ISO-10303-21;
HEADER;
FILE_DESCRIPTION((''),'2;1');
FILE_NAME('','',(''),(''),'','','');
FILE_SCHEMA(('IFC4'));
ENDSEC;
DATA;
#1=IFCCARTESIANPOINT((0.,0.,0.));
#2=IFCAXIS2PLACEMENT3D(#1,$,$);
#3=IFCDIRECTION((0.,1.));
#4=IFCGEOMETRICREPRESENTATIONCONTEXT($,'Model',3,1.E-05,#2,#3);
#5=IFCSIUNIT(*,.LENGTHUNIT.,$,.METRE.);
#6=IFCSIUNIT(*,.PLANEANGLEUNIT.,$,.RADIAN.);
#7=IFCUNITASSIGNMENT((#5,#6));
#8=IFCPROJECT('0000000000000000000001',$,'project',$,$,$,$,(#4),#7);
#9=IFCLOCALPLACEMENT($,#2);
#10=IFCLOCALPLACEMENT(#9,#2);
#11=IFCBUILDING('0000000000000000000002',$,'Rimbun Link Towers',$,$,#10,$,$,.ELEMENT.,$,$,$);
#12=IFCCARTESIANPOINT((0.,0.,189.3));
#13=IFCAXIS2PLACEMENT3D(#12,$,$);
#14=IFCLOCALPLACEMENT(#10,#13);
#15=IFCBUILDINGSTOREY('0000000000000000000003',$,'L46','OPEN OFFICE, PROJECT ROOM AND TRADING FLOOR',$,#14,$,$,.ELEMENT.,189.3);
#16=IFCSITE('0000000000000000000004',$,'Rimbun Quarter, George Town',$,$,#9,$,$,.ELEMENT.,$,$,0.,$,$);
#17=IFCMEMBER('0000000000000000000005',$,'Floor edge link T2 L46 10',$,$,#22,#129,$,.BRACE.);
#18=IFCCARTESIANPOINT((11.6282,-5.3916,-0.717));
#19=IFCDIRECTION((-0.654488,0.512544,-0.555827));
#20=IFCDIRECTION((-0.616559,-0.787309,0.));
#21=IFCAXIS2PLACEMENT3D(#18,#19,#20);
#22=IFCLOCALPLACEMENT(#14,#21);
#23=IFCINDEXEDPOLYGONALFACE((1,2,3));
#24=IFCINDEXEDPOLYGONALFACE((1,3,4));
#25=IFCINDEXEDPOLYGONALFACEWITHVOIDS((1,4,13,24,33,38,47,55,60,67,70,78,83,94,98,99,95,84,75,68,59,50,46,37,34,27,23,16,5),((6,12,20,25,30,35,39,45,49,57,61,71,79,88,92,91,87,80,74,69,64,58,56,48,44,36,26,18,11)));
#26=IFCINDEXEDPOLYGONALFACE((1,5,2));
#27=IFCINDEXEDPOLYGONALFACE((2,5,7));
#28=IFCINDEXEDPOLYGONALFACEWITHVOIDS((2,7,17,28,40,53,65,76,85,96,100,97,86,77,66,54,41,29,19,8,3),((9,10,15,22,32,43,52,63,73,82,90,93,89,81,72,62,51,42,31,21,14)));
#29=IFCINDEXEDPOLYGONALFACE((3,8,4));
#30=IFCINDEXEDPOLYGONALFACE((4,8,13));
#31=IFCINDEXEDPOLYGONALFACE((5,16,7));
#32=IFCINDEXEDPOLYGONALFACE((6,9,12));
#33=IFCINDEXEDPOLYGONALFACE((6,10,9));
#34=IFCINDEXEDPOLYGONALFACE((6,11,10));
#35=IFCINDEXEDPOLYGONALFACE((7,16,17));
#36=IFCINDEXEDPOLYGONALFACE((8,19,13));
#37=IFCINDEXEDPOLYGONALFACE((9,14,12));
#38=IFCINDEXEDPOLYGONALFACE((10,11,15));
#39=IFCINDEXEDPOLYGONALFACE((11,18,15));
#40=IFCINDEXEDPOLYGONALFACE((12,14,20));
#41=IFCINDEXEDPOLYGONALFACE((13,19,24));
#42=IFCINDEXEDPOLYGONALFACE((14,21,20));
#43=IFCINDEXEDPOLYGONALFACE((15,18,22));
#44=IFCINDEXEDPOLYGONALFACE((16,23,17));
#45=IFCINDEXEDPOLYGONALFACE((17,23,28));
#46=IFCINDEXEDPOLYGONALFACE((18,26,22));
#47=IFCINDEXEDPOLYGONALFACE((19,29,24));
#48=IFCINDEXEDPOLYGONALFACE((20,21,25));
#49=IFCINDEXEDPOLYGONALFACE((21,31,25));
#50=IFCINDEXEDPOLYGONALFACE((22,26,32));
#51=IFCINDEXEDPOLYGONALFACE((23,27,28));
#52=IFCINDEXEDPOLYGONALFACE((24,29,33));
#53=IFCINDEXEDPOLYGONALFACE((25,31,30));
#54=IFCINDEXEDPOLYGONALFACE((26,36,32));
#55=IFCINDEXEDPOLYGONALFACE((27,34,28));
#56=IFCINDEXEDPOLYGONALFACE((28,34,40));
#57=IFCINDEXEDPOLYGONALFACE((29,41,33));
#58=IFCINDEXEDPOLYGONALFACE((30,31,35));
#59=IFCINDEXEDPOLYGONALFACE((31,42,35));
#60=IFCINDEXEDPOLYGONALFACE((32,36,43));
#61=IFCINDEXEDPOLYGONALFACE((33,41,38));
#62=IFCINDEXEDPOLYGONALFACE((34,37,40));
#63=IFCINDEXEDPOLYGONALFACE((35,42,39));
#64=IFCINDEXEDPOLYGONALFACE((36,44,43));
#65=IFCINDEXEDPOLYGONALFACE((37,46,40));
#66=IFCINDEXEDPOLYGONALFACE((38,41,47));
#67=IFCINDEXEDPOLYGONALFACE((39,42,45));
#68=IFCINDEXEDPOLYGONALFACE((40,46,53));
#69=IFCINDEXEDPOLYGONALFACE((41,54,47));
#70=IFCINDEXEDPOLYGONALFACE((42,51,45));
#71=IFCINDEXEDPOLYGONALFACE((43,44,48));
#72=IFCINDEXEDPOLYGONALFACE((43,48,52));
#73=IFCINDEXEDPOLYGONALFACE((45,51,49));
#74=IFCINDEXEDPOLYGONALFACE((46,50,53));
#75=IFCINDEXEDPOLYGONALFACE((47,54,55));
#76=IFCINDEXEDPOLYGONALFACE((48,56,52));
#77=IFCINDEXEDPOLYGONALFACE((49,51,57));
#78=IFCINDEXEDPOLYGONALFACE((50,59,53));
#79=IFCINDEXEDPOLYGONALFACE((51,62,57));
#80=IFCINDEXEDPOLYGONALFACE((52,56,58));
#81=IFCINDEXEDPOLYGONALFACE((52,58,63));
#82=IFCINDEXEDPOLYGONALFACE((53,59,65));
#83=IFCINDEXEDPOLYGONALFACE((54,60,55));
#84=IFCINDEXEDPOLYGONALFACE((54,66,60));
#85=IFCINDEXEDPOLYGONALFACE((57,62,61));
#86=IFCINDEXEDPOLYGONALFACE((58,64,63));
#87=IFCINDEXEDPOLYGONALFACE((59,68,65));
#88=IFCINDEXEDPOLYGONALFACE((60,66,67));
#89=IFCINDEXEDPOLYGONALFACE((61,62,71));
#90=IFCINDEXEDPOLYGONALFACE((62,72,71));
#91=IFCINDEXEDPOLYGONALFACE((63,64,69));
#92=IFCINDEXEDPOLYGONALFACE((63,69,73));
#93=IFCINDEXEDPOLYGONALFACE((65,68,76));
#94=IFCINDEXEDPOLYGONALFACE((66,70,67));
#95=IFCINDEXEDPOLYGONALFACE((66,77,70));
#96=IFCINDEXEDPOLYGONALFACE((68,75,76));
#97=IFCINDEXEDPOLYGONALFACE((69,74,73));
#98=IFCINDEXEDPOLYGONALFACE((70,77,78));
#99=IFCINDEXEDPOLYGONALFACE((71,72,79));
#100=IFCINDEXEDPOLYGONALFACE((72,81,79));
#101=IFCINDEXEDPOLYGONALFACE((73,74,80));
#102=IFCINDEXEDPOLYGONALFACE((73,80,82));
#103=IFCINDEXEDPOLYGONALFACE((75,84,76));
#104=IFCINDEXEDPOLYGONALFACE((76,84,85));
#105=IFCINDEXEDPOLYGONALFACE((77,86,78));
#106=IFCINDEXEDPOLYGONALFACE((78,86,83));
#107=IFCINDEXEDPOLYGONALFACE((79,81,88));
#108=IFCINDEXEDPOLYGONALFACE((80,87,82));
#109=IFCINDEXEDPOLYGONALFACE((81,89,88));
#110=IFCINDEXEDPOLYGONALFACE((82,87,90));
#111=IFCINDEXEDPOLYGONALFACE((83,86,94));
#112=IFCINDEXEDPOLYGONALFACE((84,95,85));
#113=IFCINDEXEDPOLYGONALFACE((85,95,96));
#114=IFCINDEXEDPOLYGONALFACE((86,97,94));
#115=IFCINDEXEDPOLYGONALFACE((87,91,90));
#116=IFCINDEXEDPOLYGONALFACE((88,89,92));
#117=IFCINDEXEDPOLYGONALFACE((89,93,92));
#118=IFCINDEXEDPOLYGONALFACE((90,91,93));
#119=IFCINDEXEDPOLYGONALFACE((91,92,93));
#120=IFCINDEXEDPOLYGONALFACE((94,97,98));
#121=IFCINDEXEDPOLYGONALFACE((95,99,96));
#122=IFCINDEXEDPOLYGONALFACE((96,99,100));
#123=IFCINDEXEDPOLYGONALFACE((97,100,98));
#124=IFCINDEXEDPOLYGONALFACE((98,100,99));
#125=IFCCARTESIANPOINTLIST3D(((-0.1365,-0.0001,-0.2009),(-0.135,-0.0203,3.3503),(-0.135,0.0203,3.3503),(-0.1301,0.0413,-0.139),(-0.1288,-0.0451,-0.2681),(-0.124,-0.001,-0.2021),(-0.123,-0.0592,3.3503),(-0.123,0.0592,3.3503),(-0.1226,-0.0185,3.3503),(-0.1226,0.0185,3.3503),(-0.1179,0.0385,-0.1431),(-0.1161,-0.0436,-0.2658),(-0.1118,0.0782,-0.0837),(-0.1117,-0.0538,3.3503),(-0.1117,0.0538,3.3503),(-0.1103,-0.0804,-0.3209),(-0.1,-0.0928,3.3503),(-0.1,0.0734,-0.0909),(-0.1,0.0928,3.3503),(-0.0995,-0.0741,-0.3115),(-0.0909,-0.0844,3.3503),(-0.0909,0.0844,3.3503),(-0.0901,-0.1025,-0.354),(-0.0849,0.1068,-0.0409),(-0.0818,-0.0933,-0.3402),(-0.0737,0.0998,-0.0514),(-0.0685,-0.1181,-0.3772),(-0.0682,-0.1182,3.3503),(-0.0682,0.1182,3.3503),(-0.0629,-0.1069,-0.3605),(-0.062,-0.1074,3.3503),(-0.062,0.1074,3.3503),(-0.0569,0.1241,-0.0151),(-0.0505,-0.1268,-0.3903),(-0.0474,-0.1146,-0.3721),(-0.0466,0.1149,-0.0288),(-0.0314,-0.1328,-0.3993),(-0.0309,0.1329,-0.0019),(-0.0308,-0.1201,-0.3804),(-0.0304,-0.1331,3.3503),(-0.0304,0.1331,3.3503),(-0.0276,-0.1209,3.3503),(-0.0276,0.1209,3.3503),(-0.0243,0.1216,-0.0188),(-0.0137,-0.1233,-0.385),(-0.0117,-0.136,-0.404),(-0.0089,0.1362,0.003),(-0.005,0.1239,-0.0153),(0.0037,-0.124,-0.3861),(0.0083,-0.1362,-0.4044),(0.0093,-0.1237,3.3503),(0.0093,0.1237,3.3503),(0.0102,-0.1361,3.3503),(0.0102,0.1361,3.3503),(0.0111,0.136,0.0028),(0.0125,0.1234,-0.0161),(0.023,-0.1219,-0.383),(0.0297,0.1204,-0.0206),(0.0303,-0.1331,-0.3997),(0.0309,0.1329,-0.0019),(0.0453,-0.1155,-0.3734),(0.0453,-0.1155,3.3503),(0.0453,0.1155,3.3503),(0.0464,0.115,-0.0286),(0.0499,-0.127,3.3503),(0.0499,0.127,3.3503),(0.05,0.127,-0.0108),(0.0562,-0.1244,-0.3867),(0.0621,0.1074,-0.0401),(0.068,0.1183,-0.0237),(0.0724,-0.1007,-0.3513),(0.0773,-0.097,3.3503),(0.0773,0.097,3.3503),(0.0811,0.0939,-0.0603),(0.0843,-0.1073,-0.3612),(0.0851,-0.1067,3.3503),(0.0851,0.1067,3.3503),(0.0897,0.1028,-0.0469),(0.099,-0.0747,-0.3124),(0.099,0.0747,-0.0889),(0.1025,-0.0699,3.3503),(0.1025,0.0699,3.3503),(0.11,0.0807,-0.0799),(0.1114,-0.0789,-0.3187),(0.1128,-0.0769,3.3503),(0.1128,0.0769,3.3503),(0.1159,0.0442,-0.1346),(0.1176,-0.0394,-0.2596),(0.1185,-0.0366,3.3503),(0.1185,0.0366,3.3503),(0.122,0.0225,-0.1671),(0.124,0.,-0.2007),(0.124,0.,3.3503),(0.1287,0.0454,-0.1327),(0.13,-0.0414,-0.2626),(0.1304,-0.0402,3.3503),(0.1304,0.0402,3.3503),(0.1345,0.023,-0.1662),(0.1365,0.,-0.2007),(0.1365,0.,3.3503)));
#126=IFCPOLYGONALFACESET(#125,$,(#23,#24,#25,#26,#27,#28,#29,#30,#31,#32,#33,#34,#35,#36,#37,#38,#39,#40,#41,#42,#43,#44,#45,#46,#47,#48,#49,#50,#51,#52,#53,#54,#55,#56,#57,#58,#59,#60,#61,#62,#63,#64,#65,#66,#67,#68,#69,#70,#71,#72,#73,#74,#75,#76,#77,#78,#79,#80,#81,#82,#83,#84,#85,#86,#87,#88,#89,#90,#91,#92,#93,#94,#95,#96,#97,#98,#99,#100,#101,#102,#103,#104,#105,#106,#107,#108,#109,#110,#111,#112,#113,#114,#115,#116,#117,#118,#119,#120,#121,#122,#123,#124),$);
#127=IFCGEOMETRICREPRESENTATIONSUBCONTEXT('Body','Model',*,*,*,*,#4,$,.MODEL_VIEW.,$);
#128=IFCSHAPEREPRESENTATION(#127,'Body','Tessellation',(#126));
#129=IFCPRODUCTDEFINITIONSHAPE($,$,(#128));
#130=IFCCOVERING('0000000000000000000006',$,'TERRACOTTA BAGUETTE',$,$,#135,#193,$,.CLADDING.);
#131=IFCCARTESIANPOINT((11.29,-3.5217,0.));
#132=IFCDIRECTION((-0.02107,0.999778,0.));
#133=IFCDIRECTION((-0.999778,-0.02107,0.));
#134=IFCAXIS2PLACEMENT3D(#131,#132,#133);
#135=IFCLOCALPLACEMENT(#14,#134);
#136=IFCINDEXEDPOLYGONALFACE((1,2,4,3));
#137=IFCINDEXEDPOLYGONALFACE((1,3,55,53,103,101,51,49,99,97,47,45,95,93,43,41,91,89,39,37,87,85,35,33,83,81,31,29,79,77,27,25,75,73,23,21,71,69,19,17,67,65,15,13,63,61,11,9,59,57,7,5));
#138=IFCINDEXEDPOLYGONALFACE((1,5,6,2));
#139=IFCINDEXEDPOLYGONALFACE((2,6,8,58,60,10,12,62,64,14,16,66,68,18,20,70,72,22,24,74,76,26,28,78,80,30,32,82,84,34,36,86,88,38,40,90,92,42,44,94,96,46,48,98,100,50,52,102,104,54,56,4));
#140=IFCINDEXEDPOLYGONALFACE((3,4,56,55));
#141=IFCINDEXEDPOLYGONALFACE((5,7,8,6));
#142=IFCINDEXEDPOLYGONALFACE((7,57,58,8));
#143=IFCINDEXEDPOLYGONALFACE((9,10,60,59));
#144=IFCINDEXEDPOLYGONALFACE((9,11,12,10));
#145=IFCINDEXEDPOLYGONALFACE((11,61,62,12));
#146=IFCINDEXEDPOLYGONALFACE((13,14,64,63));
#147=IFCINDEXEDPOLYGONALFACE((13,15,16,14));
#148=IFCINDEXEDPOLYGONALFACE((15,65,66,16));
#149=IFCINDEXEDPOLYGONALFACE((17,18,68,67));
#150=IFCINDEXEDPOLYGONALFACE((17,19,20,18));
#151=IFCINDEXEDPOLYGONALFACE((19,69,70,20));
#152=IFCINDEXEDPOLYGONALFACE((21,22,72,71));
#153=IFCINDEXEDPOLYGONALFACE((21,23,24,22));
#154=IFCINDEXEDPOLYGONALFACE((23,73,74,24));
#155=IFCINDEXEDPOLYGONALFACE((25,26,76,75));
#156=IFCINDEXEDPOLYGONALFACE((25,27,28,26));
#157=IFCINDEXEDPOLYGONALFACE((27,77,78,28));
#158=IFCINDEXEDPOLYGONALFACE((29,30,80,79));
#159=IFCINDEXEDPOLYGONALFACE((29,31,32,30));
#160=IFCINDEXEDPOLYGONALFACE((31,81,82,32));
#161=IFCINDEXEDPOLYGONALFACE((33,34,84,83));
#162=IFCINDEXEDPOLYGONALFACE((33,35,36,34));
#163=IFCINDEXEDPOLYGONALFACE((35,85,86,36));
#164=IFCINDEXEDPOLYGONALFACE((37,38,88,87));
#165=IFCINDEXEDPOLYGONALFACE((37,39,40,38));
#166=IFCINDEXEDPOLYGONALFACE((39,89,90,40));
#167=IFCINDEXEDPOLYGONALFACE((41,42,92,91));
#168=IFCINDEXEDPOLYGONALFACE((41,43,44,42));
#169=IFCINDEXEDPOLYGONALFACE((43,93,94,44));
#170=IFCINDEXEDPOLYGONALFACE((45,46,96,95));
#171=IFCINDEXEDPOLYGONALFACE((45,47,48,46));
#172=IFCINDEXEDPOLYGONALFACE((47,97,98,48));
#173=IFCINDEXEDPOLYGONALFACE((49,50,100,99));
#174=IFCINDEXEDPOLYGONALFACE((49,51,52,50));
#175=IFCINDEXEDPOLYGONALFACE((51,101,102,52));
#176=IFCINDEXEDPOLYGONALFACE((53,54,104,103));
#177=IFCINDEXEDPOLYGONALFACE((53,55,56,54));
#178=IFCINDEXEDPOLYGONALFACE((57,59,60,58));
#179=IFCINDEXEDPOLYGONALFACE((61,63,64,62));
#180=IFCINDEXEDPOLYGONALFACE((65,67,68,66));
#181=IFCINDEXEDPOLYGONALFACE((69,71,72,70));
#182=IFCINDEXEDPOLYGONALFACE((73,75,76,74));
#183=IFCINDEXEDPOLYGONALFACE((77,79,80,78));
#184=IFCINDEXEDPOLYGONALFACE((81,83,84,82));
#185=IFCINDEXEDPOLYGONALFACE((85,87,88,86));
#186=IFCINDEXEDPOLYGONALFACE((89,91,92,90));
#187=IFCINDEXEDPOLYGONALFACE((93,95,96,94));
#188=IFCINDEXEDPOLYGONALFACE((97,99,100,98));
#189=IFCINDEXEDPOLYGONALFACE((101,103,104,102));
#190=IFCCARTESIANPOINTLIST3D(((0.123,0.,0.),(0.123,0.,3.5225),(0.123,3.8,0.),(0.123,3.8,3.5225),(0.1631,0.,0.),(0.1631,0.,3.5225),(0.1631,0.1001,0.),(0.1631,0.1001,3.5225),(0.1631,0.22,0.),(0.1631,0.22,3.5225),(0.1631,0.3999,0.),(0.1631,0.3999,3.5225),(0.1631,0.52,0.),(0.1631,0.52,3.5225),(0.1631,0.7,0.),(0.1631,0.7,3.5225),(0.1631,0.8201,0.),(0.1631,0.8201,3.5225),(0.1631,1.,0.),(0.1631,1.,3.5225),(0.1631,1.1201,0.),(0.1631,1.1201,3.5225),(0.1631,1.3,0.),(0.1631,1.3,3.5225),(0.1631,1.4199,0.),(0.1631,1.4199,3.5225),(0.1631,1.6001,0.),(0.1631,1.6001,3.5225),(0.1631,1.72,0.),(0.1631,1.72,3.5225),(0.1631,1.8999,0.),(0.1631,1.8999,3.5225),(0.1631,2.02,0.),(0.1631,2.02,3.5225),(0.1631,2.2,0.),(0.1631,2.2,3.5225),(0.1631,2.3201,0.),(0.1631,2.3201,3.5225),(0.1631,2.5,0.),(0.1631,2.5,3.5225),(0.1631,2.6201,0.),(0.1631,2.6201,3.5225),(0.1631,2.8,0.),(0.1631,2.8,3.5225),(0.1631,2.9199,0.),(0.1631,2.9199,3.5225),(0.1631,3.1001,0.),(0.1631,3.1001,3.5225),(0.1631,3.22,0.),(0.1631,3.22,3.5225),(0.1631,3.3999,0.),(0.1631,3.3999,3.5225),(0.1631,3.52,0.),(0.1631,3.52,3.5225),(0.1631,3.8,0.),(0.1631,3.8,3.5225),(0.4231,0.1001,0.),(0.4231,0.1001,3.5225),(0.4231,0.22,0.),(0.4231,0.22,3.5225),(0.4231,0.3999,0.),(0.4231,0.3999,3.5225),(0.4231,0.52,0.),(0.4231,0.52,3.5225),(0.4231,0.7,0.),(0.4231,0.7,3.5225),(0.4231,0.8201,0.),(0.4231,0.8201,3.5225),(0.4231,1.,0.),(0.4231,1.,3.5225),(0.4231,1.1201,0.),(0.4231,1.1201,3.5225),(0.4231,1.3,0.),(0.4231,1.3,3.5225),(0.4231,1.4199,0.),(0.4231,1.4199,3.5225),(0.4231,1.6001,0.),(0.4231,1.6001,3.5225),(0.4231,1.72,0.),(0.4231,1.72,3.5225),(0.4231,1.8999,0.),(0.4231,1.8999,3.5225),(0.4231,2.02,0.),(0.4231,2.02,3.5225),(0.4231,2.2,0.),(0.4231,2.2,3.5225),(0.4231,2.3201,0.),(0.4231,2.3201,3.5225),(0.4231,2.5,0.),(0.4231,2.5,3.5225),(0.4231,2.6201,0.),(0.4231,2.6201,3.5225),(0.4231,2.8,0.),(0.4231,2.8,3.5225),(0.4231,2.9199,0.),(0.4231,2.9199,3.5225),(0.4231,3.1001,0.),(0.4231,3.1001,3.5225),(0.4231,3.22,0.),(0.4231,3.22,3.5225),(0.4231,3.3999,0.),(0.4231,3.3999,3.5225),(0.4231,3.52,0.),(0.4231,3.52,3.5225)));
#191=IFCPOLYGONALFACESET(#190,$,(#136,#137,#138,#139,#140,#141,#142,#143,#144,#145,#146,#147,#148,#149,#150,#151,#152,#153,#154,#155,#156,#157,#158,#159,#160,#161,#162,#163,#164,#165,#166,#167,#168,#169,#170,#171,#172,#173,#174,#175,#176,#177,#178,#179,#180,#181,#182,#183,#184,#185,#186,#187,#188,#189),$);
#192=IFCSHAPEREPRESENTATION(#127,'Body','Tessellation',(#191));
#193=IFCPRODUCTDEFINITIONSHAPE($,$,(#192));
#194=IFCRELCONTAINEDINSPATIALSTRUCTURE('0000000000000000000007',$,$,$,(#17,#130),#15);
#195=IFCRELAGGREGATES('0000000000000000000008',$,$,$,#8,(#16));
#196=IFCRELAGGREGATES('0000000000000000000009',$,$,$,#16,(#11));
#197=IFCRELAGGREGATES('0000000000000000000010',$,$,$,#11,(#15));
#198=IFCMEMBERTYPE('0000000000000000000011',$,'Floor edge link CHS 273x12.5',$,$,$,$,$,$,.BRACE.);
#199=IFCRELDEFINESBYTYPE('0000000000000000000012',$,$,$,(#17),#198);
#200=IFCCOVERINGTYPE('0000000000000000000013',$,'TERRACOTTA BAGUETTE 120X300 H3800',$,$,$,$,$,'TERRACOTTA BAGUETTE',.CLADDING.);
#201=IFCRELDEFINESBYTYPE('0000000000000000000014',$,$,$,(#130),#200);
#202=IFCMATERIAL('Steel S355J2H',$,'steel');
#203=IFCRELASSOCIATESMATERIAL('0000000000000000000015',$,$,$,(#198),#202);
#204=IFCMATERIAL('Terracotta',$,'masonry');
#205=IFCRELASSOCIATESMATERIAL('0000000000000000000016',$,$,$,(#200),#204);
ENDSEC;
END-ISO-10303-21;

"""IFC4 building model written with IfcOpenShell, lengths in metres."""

from ifc_helpers import new_model, si_unit, direction, frame, origin, origin_2d, place, context, subcontext, project, spatial, polyline, hollow_circle, outline, extrude, clip, halfspace, material, material_profile, profile_set, type_object, element, save


model = new_model("IFC4")

# Units and contexts
model_context = context("Model", 3, precision=1e-05, world=origin(), true_north=direction((0.0, 1.0)))
body_context = subcontext(model_context, "Body", "Model", "MODEL_VIEW")
ifc_project = project(units=[si_unit("LENGTHUNIT", "METRE"), si_unit("PLANEANGLEUNIT", "RADIAN")], contexts=[model_context])

# Site, building, storey
site_placement = place(None, origin())
site = spatial("IfcSite", under=ifc_project, at=site_placement, Name="Rimbun Quarter, George Town", CompositionType="ELEMENT", RefElevation=0.0)
building_placement = place(site_placement, origin())
building = spatial("IfcBuilding", under=site, at=building_placement, Name="Rimbun Link Towers", CompositionType="ELEMENT")
storey_placement = place(building_placement, frame((0.0, 0.0, 189.3)))
storey = spatial("IfcBuildingStorey", under=building, at=storey_placement, Name="L46", Description="OPEN OFFICE, PROJECT ROOM AND TRADING FLOOR", CompositionType="ELEMENT", Elevation=189.3)

# Member
ifc_material_1 = material(Name="Steel S355J2H", Category="steel")
ifc_material_profile_1 = material_profile(ifc_material_1, hollow_circle(Radius=0.1365, WallThickness=0.0125, at=origin_2d()), Name="CHS 273x12.5")
ifc_profile_set_1 = profile_set([ifc_material_profile_1], Name="Steel S355J2H")
member_type_1 = type_object("IfcMemberType", Name="Floor edge link CHS 273x12.5", PredefinedType="BRACE", material=ifc_profile_set_1)
member_1_placement = place(storey_placement, frame((11.6282, -5.3916, -0.717), z_axis=(-0.654488, 0.512544, -0.555827), x_axis=(-0.616559, -0.787309, 0.0)))
element("IfcMember", 1, at=member_1_placement, inside=storey, type_object=member_type_1, Name="Floor edge link T2 L46 10", PredefinedType="BRACE", context=body_context, shape_type="Clipping", body=[
    clip(extrude(hollow_circle(Radius=0.1365, WallThickness=0.0125, at=origin_2d()), frame((0.0, 0.0, -0.4263)), (0.0, 0.0, 1.0), 3.7766), halfspace(frame((0.0, 0.0, -0.2007), z_axis=(0.0, 0.831298, -0.555827)), False)),
])

# Covering
ifc_material_2 = material(Name="Terracotta", Category="masonry")
ifc_material_profile_2 = material_profile(ifc_material_2, outline(polyline([(0.123, 0.0), (0.1631, 0.0), (0.1631, 0.1001), (0.4231, 0.1001), (0.4231, 0.22), (0.1631, 0.22), (0.1631, 0.3999), (0.4231, 0.3999), (0.4231, 0.52), (0.1631, 0.52), (0.1631, 0.7), (0.4231, 0.7), (0.4231, 0.8201), (0.1631, 0.8201), (0.1631, 1.0), (0.4231, 1.0), (0.4231, 1.1201), (0.1631, 1.1201), (0.1631, 1.3), (0.4231, 1.3), (0.4231, 1.4199), (0.1631, 1.4199), (0.1631, 1.6001), (0.4231, 1.6001), (0.4231, 1.72), (0.1631, 1.72), (0.1631, 1.8999), (0.4231, 1.8999), (0.4231, 2.02), (0.1631, 2.02), (0.1631, 2.2), (0.4231, 2.2), (0.4231, 2.3201), (0.1631, 2.3201), (0.1631, 2.5), (0.4231, 2.5), (0.4231, 2.6201), (0.1631, 2.6201), (0.1631, 2.8), (0.4231, 2.8), (0.4231, 2.9199), (0.1631, 2.9199), (0.1631, 3.1001), (0.4231, 3.1001), (0.4231, 3.22), (0.1631, 3.22), (0.1631, 3.3999), (0.4231, 3.3999), (0.4231, 3.52), (0.1631, 3.52), (0.1631, 3.8), (0.123, 3.8), (0.123, 0.0)])), Name="BAGUETTE 120X300")
ifc_profile_set_2 = profile_set([ifc_material_profile_2], Name="Terracotta")
covering_type_1 = type_object("IfcCoveringType", Name="TERRACOTTA BAGUETTE 120X300 H3800", ElementType="TERRACOTTA BAGUETTE", PredefinedType="CLADDING", material=ifc_profile_set_2)
covering_1_placement = place(storey_placement, frame((11.29, -3.5217, 0.0), z_axis=(-0.02107, 0.999778, 0.0), x_axis=(-0.999778, -0.02107, 0.0)))
element("IfcCovering", 2, at=covering_1_placement, inside=storey, type_object=covering_type_1, Name="TERRACOTTA BAGUETTE", PredefinedType="CLADDING", context=body_context, shape_type="SweptSolid", body=[
    extrude(outline(polyline([(0.123, 0.0), (0.1631, 0.0), (0.1631, 0.1001), (0.4231, 0.1001), (0.4231, 0.22), (0.1631, 0.22), (0.1631, 0.3999), (0.4231, 0.3999), (0.4231, 0.52), (0.1631, 0.52), (0.1631, 0.7), (0.4231, 0.7), (0.4231, 0.8201), (0.1631, 0.8201), (0.1631, 1.0), (0.4231, 1.0), (0.4231, 1.1201), (0.1631, 1.1201), (0.1631, 1.3), (0.4231, 1.3), (0.4231, 1.4199), (0.1631, 1.4199), (0.1631, 1.6001), (0.4231, 1.6001), (0.4231, 1.72), (0.1631, 1.72), (0.1631, 1.8999), (0.4231, 1.8999), (0.4231, 2.02), (0.1631, 2.02), (0.1631, 2.2), (0.4231, 2.2), (0.4231, 2.3201), (0.1631, 2.3201), (0.1631, 2.5), (0.4231, 2.5), (0.4231, 2.6201), (0.1631, 2.6201), (0.1631, 2.8), (0.4231, 2.8), (0.4231, 2.9199), (0.1631, 2.9199), (0.1631, 3.1001), (0.4231, 3.1001), (0.4231, 3.22), (0.1631, 3.22), (0.1631, 3.3999), (0.4231, 3.3999), (0.4231, 3.52), (0.1631, 3.52), (0.1631, 3.8), (0.123, 3.8), (0.123, 0.0)])), origin(), (0.0, 0.0, 1.0), 3.5225),
])

save(model, "model.ifc")
